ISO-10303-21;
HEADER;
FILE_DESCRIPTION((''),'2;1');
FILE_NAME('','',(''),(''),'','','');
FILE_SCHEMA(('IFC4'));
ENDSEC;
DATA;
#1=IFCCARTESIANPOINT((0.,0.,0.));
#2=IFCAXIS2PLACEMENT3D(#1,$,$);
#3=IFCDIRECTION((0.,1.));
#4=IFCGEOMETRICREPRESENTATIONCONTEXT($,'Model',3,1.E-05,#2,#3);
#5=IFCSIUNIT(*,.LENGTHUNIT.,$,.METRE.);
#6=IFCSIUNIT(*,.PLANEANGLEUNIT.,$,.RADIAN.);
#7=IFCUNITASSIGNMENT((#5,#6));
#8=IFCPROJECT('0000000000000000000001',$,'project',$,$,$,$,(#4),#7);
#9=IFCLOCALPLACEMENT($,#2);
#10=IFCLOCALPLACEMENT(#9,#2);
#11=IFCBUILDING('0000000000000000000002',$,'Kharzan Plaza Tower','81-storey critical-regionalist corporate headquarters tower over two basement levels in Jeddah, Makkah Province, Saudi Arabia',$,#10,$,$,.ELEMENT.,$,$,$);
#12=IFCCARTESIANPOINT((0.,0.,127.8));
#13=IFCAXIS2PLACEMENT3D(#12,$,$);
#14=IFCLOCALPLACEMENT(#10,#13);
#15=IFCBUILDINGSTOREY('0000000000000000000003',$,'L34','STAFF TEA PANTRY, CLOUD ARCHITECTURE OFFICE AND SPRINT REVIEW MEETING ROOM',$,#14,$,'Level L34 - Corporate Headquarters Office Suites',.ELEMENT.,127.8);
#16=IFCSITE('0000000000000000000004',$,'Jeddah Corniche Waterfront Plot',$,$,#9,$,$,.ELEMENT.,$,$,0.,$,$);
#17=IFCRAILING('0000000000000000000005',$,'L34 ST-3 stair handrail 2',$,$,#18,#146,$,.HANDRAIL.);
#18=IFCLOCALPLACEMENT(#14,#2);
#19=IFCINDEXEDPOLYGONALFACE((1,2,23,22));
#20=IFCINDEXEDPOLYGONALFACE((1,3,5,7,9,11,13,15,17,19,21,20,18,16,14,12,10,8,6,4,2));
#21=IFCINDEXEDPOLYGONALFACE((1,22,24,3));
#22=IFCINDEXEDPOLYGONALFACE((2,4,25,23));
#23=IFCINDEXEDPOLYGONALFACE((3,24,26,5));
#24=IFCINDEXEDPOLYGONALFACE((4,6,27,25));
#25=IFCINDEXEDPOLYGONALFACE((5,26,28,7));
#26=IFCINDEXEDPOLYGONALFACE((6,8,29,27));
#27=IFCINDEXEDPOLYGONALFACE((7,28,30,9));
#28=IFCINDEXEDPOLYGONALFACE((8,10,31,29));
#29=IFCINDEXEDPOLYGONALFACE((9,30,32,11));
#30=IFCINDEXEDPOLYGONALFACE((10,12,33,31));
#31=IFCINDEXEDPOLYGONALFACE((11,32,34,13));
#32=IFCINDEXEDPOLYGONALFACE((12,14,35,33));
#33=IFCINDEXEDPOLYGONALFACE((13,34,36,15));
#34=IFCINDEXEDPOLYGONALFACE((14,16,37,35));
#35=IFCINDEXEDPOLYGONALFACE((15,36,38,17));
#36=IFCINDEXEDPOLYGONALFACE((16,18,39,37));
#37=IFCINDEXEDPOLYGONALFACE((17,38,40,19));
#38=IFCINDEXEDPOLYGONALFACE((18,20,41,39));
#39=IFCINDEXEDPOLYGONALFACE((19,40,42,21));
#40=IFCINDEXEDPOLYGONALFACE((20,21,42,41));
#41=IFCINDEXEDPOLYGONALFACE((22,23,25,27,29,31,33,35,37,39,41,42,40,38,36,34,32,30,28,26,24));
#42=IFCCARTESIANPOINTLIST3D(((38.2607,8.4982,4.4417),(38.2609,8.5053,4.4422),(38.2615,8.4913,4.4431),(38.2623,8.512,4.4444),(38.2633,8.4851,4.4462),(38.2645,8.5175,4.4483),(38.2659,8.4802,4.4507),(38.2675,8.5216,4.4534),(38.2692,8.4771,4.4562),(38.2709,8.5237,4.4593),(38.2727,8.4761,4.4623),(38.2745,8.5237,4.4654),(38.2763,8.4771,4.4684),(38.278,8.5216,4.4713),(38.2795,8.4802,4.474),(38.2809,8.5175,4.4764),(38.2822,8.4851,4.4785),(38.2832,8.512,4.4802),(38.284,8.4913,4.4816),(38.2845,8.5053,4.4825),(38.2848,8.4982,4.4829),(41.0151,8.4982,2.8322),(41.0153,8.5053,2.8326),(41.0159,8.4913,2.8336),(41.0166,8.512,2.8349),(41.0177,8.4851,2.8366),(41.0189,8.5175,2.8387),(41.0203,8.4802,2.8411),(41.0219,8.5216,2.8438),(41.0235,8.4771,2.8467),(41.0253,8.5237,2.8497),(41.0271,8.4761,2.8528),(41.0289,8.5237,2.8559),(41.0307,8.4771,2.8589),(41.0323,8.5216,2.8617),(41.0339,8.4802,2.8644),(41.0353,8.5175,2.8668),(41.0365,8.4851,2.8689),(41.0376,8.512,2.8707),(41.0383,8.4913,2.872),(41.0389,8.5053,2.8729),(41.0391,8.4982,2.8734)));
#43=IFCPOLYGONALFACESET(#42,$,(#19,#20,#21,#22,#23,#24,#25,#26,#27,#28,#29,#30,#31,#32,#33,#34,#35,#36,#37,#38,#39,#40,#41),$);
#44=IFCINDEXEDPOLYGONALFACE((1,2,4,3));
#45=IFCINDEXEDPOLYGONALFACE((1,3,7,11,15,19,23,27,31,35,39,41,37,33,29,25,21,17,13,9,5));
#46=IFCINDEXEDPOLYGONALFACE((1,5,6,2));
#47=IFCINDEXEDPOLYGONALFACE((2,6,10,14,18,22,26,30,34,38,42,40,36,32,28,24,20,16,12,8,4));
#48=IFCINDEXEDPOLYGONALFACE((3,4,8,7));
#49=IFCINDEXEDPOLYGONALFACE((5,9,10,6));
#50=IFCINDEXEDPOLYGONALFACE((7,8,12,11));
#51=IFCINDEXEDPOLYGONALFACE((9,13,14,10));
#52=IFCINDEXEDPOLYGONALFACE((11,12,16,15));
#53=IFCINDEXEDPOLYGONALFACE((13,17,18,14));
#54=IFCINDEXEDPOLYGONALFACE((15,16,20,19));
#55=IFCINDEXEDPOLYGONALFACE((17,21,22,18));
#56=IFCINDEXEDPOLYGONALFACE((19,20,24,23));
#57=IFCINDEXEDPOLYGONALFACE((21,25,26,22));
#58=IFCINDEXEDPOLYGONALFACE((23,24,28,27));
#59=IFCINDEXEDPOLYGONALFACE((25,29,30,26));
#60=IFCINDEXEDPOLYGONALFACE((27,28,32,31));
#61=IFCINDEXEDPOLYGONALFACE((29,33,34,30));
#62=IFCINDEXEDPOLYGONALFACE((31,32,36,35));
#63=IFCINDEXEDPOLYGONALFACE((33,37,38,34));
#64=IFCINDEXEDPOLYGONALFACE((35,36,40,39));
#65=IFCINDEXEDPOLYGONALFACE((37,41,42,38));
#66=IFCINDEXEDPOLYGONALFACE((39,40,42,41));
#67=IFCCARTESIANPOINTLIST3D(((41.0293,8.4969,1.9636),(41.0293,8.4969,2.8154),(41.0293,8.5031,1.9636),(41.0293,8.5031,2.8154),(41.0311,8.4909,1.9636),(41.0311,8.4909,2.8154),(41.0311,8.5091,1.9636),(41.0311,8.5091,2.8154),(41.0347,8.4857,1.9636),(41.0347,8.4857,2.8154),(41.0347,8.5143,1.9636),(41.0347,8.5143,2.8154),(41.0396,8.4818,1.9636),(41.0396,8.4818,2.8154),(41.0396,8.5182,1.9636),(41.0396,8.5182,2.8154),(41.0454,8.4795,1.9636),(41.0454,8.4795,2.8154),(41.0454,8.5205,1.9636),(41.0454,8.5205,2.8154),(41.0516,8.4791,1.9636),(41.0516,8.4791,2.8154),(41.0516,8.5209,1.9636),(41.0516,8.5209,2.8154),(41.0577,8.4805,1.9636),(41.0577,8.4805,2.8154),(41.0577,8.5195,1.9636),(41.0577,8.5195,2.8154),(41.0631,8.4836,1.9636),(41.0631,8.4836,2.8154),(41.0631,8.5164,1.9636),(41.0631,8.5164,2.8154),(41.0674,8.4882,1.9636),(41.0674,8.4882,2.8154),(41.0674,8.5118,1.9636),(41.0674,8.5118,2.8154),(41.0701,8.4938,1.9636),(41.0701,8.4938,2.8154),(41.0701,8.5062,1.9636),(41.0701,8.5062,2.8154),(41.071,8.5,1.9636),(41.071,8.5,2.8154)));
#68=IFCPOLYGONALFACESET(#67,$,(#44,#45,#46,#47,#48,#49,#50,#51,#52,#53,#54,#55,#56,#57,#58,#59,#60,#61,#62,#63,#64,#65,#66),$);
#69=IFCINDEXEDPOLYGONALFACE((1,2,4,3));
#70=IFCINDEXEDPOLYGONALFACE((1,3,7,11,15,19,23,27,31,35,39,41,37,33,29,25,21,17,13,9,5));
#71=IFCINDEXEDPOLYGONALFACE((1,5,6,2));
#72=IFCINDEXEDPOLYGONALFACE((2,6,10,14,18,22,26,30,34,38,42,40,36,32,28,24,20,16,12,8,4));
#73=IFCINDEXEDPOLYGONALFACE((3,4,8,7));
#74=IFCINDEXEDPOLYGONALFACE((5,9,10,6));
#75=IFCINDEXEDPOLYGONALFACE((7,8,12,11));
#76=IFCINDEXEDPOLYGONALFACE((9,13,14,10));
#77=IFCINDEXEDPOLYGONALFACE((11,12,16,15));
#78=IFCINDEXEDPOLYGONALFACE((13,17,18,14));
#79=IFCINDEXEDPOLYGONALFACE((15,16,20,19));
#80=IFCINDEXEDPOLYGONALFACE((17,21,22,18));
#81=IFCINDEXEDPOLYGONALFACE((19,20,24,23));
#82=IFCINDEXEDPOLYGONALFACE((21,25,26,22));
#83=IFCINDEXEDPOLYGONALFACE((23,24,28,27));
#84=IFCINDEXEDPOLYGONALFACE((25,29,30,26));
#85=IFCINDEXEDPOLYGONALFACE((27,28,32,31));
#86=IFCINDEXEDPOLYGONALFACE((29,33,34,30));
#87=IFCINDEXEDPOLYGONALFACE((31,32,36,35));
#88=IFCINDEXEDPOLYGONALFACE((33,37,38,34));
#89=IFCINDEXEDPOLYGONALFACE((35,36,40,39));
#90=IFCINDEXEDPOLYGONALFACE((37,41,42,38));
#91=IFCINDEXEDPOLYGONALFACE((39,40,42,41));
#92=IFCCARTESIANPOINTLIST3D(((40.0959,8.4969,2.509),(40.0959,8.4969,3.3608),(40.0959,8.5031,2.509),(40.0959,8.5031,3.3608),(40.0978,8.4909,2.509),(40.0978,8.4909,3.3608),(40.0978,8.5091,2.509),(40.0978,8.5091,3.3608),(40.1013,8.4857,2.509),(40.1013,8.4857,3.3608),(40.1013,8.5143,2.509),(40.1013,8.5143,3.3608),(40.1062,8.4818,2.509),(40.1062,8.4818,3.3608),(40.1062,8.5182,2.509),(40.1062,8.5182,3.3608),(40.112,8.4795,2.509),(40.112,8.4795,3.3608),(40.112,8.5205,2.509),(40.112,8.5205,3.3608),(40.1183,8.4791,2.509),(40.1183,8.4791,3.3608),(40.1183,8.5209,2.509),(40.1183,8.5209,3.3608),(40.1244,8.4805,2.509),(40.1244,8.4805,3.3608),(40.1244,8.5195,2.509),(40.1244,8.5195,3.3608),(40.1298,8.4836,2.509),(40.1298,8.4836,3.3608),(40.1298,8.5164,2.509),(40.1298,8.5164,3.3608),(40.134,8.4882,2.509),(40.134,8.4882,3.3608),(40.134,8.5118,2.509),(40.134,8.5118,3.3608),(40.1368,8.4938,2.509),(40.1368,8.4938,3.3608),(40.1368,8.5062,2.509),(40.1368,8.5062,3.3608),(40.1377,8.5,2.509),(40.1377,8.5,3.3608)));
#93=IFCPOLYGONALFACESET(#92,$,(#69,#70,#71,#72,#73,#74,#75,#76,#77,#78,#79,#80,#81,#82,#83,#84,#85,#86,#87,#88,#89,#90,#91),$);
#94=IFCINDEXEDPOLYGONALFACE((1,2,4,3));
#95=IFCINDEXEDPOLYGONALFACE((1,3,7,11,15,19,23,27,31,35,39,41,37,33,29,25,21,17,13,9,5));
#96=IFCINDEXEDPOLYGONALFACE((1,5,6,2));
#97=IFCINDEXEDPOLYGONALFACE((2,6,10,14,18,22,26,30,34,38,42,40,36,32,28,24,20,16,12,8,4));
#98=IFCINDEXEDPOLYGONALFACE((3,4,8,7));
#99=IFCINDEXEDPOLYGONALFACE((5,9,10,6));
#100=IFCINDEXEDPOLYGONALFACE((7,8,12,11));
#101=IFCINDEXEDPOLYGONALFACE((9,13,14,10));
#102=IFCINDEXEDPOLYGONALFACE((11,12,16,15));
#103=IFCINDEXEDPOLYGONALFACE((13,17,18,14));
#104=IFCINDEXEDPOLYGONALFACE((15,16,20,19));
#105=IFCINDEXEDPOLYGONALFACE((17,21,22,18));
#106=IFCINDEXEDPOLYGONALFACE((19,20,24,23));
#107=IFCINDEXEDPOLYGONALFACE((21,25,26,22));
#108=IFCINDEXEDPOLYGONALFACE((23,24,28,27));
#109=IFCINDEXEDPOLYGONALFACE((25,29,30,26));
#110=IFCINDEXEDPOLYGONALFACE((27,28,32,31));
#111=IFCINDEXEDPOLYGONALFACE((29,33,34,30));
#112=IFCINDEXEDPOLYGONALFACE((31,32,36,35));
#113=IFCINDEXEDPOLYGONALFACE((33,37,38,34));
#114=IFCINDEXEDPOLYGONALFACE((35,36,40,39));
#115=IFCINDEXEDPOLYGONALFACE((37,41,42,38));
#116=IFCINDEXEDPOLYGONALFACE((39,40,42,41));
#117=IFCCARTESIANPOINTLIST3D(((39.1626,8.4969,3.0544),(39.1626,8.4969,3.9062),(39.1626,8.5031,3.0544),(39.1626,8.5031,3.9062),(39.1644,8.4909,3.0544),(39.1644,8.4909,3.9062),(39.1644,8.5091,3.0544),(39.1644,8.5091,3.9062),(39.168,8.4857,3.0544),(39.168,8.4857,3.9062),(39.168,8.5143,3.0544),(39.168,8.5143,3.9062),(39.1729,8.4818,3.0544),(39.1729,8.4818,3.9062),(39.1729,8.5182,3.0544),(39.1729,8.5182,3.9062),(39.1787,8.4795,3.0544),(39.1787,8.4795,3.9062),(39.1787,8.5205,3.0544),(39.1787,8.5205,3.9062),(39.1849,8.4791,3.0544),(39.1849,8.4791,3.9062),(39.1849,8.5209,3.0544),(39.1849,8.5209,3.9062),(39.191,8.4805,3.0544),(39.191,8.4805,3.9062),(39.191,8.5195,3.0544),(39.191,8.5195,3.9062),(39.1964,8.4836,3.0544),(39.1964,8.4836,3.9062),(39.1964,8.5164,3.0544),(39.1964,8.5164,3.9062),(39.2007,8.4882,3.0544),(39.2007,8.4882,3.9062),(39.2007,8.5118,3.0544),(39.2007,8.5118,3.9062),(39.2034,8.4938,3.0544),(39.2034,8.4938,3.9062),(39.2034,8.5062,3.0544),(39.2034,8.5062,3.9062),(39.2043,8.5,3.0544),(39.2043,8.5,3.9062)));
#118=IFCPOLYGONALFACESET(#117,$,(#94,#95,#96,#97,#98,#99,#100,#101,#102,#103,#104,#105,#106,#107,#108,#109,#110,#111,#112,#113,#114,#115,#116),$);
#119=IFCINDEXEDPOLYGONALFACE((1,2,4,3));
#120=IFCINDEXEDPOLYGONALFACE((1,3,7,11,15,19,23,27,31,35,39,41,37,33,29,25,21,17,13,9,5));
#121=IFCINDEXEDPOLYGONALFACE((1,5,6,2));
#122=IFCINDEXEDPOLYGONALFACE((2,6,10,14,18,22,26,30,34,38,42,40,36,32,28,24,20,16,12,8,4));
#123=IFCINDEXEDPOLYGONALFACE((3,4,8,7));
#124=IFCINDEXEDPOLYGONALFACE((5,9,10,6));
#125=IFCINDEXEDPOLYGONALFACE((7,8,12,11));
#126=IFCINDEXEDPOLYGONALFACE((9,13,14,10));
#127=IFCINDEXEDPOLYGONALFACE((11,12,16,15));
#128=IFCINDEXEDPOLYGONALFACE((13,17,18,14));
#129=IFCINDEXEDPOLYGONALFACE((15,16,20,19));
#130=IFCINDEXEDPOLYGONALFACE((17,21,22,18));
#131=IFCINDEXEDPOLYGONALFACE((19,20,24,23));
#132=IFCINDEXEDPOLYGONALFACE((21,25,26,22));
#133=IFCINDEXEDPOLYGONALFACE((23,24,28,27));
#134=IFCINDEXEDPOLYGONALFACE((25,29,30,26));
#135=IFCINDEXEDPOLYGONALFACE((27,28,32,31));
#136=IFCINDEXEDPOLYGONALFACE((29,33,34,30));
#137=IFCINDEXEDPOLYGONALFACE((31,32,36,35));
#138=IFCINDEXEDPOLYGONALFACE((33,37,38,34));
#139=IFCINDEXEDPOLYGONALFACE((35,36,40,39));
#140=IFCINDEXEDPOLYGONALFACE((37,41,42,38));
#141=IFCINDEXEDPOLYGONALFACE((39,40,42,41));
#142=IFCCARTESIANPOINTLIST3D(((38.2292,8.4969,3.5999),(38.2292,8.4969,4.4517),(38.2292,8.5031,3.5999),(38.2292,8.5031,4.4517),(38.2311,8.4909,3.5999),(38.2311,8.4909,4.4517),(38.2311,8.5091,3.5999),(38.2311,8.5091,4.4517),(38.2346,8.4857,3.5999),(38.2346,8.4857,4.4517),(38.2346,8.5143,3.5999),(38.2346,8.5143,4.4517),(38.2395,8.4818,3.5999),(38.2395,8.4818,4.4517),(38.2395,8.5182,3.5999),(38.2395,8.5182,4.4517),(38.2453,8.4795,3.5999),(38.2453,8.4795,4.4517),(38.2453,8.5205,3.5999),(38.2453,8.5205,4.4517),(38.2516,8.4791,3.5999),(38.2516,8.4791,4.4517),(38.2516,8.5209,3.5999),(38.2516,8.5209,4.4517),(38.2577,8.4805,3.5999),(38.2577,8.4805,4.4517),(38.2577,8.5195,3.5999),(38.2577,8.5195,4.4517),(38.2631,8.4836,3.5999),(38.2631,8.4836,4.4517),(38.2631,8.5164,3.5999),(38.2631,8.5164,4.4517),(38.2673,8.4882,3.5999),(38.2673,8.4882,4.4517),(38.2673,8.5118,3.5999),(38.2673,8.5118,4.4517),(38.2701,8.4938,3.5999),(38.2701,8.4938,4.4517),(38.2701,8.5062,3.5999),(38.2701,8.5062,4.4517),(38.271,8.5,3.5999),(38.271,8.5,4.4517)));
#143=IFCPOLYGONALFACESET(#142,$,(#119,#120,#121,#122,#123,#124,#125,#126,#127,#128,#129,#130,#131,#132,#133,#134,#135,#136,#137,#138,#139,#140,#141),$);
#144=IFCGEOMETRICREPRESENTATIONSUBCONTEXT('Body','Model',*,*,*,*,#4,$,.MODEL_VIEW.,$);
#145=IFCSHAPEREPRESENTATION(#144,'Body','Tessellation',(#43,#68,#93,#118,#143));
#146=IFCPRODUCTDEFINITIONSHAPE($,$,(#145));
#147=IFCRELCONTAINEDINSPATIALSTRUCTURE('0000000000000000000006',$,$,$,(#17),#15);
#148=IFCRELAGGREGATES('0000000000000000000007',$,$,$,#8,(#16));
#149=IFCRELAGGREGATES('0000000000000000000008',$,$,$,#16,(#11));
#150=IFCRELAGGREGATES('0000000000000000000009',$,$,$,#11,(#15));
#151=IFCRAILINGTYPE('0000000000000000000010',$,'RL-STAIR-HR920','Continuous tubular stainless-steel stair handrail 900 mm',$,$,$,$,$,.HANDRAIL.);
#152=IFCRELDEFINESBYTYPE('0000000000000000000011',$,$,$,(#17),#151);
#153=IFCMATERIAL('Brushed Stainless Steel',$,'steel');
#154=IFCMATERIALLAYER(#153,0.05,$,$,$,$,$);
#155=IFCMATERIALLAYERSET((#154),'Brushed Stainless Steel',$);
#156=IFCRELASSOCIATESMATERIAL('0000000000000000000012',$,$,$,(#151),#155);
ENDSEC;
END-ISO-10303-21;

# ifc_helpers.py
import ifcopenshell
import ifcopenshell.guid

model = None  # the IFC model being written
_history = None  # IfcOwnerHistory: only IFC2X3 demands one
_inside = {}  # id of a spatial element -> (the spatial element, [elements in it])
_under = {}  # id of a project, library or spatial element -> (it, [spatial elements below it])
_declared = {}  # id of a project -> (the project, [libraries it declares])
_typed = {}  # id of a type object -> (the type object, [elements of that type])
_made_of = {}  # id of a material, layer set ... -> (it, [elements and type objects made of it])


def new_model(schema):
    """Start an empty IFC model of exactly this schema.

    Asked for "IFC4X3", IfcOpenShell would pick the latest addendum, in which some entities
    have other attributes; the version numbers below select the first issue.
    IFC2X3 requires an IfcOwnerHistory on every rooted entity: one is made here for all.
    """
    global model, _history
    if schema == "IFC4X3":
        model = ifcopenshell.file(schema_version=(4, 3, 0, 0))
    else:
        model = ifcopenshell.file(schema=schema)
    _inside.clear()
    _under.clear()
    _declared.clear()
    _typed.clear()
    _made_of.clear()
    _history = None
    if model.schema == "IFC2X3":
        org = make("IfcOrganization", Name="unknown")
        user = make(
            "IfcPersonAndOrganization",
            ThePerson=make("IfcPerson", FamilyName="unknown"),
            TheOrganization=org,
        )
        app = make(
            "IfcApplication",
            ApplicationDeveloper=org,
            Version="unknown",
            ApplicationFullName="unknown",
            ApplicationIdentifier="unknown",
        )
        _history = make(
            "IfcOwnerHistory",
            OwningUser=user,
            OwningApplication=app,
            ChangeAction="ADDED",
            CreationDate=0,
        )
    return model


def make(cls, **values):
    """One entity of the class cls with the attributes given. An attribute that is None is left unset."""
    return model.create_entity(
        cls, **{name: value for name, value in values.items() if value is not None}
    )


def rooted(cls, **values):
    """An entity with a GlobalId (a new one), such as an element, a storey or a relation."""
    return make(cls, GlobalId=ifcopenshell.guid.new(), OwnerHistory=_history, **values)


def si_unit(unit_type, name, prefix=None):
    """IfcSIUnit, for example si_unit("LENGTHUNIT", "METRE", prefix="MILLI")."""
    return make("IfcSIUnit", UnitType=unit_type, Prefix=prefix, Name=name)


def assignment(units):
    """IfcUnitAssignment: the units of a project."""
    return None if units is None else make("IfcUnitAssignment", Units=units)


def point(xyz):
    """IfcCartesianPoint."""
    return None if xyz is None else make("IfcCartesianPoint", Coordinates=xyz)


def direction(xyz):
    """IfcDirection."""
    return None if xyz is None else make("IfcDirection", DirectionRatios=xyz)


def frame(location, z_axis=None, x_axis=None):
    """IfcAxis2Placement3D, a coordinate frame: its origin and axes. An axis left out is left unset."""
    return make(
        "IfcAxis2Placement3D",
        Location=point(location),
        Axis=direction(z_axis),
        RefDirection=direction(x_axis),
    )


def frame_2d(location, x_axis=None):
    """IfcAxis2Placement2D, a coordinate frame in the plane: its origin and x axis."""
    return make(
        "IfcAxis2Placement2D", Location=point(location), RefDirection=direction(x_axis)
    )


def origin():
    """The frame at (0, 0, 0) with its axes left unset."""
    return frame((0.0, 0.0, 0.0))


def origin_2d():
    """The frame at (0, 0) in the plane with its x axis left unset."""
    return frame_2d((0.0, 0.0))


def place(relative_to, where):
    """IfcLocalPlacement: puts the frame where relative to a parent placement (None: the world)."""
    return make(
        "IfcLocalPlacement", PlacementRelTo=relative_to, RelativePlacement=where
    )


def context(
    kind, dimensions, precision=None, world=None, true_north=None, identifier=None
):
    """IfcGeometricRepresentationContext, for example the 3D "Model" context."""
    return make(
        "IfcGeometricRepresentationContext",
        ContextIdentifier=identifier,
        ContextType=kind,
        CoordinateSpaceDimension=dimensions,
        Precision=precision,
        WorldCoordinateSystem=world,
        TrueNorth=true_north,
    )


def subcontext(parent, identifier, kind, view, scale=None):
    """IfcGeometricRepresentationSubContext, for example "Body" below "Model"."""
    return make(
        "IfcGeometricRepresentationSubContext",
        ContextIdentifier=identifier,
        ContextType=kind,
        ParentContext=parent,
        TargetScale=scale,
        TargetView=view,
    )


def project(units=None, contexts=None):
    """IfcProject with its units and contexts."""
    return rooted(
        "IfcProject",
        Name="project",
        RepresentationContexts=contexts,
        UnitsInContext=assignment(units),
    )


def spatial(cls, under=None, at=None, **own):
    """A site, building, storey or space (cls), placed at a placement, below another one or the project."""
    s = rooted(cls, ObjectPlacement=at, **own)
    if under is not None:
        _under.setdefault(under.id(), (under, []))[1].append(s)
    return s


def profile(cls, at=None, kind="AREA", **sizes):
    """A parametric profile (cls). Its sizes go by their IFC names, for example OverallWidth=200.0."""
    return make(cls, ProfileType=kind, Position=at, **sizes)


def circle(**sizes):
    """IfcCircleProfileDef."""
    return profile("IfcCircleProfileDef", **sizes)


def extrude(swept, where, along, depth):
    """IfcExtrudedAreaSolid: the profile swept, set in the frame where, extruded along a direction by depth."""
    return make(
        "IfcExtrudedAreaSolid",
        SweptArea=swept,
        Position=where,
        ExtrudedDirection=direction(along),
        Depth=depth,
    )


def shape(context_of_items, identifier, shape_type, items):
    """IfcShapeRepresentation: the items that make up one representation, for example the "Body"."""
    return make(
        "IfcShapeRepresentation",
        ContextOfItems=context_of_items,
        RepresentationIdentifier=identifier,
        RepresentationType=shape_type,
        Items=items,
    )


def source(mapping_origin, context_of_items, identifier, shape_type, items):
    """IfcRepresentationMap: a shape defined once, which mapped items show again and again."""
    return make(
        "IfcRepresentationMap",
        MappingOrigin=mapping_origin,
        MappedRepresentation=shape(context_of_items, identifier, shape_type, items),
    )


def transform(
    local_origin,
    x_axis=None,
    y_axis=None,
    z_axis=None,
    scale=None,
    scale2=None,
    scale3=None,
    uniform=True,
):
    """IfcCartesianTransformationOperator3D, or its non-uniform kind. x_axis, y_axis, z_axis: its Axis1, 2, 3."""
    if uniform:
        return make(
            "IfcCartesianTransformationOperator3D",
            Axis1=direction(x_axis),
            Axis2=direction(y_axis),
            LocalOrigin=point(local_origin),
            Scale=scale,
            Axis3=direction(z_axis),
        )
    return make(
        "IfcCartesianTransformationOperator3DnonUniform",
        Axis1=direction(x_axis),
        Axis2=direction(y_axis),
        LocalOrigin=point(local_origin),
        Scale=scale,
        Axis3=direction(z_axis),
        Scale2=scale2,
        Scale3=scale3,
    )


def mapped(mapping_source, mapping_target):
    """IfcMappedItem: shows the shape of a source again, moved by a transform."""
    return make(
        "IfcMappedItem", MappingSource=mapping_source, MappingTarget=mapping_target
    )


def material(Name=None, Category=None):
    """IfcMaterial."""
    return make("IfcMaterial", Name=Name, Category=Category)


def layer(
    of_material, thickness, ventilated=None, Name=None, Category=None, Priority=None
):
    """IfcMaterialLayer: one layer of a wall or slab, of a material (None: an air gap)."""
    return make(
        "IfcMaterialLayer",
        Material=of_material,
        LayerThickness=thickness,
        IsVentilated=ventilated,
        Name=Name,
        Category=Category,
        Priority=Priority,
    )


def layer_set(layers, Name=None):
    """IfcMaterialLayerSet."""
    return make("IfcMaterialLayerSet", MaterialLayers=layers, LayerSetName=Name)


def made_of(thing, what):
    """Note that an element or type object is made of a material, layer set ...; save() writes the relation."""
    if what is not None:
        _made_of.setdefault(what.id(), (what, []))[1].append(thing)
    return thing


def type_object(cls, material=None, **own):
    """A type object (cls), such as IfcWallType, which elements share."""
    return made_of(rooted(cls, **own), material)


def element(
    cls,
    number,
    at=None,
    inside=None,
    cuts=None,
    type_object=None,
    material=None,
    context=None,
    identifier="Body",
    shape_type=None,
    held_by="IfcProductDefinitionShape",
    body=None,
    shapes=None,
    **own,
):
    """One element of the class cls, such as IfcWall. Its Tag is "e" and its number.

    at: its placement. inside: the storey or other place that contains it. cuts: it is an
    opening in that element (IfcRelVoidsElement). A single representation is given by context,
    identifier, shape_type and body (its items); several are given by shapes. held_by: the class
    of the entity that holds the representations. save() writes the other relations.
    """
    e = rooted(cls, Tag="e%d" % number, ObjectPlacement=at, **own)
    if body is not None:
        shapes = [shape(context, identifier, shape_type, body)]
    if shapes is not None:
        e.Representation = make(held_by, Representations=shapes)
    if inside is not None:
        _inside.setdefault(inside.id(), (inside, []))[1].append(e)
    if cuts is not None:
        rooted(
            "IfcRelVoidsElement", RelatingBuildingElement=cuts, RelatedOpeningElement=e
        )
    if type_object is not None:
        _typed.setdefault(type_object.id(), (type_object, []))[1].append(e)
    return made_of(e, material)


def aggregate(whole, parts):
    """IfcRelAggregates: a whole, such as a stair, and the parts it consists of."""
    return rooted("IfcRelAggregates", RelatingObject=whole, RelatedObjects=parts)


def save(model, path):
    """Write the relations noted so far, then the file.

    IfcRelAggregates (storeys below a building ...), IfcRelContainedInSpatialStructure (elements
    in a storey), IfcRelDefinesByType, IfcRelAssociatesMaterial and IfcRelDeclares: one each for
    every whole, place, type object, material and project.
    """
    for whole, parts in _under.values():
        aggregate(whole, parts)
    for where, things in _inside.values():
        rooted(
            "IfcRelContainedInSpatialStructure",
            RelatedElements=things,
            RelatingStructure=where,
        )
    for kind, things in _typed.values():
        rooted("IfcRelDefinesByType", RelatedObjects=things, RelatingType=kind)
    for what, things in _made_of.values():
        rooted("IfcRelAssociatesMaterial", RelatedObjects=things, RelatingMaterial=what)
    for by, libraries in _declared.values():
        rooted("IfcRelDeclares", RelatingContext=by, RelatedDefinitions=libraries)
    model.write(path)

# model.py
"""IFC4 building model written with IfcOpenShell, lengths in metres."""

from ifc_helpers import new_model, si_unit, direction, frame, origin, origin_2d, place, context, subcontext, project, spatial, circle, extrude, source, transform, mapped, material, layer, layer_set, type_object, element, save


model = new_model("IFC4")

# Units and contexts
model_context = context("Model", 3, precision=1e-05, world=origin(), true_north=direction((0.0, 1.0)))
body_context = subcontext(model_context, "Body", "Model", "MODEL_VIEW")
ifc_project = project(units=[si_unit("LENGTHUNIT", "METRE"), si_unit("PLANEANGLEUNIT", "RADIAN")], contexts=[model_context])

# Site, building, storey
site_placement = place(None, origin())
site = spatial("IfcSite", under=ifc_project, at=site_placement, Name="Jeddah Corniche Waterfront Plot", CompositionType="ELEMENT", RefElevation=0.0)
building_placement = place(site_placement, origin())
building = spatial("IfcBuilding", under=site, at=building_placement, Name="Kharzan Plaza Tower", Description="81-storey critical-regionalist corporate headquarters tower over two basement levels in Jeddah, Makkah Province, Saudi Arabia", CompositionType="ELEMENT")
storey_placement = place(building_placement, frame((0.0, 0.0, 127.8)))
storey = spatial("IfcBuildingStorey", under=building, at=storey_placement, Name="L34", Description="STAFF TEA PANTRY, CLOUD ARCHITECTURE OFFICE AND SPRINT REVIEW MEETING ROOM", LongName="Level L34 - Corporate Headquarters Office Suites", CompositionType="ELEMENT", Elevation=127.8)

# Shared definitions
ifc_material_1 = material(Name="Brushed Stainless Steel", Category="steel")

# Railing
ifc_layer_1 = layer(ifc_material_1, 0.05)
ifc_layer_set_1 = layer_set([ifc_layer_1], Name="Brushed Stainless Steel")
railing_type_1 = type_object("IfcRailingType", Name="RL-STAIR-HR920", Description="Continuous tubular stainless-steel stair handrail 900 mm", PredefinedType="HANDRAIL", material=ifc_layer_set_1)
shared_shape_1 = source(origin(), body_context, "Body", "SweptSolid", [
    extrude(circle(Radius=0.0239, at=origin_2d()), frame((-0.0229, 0.0, 0.8892), z_axis=(-0.863394, 0.0, 0.504531), x_axis=(0.0, -1.0, 0.0)), (0.0, 0.0, 1.0), 3.1902),
    extrude(circle(Radius=0.021, at=origin_2d()), origin(), (0.0, 0.0, 1.0), 0.8518),
    extrude(circle(Radius=0.021, at=origin_2d()), frame((-0.9333, 0.0, 0.5454)), (0.0, 0.0, 1.0), 0.8518),
    extrude(circle(Radius=0.021, at=origin_2d()), frame((-1.8667, 0.0, 1.0908)), (0.0, 0.0, 1.0), 0.8518),
    extrude(circle(Radius=0.021, at=origin_2d()), frame((-2.8, 0.0, 1.6362)), (0.0, 0.0, 1.0), 0.8518),
])
railing_1_placement = place(storey_placement, frame((41.05, 8.5, 1.9636)))
element("IfcRailing", 1, at=railing_1_placement, inside=storey, type_object=railing_type_1, Name="L34 ST-3 stair handrail 2", PredefinedType="HANDRAIL", context=body_context, shape_type="MappedRepresentation", body=[
    mapped(shared_shape_1, transform((0.0, 0.0, 0.0), x_axis=(1.0, 0.0, 0.0), y_axis=(0.0, 1.0, 0.0), z_axis=(0.0, 0.0, 1.0))),
])

save(model, "model.ifc")
